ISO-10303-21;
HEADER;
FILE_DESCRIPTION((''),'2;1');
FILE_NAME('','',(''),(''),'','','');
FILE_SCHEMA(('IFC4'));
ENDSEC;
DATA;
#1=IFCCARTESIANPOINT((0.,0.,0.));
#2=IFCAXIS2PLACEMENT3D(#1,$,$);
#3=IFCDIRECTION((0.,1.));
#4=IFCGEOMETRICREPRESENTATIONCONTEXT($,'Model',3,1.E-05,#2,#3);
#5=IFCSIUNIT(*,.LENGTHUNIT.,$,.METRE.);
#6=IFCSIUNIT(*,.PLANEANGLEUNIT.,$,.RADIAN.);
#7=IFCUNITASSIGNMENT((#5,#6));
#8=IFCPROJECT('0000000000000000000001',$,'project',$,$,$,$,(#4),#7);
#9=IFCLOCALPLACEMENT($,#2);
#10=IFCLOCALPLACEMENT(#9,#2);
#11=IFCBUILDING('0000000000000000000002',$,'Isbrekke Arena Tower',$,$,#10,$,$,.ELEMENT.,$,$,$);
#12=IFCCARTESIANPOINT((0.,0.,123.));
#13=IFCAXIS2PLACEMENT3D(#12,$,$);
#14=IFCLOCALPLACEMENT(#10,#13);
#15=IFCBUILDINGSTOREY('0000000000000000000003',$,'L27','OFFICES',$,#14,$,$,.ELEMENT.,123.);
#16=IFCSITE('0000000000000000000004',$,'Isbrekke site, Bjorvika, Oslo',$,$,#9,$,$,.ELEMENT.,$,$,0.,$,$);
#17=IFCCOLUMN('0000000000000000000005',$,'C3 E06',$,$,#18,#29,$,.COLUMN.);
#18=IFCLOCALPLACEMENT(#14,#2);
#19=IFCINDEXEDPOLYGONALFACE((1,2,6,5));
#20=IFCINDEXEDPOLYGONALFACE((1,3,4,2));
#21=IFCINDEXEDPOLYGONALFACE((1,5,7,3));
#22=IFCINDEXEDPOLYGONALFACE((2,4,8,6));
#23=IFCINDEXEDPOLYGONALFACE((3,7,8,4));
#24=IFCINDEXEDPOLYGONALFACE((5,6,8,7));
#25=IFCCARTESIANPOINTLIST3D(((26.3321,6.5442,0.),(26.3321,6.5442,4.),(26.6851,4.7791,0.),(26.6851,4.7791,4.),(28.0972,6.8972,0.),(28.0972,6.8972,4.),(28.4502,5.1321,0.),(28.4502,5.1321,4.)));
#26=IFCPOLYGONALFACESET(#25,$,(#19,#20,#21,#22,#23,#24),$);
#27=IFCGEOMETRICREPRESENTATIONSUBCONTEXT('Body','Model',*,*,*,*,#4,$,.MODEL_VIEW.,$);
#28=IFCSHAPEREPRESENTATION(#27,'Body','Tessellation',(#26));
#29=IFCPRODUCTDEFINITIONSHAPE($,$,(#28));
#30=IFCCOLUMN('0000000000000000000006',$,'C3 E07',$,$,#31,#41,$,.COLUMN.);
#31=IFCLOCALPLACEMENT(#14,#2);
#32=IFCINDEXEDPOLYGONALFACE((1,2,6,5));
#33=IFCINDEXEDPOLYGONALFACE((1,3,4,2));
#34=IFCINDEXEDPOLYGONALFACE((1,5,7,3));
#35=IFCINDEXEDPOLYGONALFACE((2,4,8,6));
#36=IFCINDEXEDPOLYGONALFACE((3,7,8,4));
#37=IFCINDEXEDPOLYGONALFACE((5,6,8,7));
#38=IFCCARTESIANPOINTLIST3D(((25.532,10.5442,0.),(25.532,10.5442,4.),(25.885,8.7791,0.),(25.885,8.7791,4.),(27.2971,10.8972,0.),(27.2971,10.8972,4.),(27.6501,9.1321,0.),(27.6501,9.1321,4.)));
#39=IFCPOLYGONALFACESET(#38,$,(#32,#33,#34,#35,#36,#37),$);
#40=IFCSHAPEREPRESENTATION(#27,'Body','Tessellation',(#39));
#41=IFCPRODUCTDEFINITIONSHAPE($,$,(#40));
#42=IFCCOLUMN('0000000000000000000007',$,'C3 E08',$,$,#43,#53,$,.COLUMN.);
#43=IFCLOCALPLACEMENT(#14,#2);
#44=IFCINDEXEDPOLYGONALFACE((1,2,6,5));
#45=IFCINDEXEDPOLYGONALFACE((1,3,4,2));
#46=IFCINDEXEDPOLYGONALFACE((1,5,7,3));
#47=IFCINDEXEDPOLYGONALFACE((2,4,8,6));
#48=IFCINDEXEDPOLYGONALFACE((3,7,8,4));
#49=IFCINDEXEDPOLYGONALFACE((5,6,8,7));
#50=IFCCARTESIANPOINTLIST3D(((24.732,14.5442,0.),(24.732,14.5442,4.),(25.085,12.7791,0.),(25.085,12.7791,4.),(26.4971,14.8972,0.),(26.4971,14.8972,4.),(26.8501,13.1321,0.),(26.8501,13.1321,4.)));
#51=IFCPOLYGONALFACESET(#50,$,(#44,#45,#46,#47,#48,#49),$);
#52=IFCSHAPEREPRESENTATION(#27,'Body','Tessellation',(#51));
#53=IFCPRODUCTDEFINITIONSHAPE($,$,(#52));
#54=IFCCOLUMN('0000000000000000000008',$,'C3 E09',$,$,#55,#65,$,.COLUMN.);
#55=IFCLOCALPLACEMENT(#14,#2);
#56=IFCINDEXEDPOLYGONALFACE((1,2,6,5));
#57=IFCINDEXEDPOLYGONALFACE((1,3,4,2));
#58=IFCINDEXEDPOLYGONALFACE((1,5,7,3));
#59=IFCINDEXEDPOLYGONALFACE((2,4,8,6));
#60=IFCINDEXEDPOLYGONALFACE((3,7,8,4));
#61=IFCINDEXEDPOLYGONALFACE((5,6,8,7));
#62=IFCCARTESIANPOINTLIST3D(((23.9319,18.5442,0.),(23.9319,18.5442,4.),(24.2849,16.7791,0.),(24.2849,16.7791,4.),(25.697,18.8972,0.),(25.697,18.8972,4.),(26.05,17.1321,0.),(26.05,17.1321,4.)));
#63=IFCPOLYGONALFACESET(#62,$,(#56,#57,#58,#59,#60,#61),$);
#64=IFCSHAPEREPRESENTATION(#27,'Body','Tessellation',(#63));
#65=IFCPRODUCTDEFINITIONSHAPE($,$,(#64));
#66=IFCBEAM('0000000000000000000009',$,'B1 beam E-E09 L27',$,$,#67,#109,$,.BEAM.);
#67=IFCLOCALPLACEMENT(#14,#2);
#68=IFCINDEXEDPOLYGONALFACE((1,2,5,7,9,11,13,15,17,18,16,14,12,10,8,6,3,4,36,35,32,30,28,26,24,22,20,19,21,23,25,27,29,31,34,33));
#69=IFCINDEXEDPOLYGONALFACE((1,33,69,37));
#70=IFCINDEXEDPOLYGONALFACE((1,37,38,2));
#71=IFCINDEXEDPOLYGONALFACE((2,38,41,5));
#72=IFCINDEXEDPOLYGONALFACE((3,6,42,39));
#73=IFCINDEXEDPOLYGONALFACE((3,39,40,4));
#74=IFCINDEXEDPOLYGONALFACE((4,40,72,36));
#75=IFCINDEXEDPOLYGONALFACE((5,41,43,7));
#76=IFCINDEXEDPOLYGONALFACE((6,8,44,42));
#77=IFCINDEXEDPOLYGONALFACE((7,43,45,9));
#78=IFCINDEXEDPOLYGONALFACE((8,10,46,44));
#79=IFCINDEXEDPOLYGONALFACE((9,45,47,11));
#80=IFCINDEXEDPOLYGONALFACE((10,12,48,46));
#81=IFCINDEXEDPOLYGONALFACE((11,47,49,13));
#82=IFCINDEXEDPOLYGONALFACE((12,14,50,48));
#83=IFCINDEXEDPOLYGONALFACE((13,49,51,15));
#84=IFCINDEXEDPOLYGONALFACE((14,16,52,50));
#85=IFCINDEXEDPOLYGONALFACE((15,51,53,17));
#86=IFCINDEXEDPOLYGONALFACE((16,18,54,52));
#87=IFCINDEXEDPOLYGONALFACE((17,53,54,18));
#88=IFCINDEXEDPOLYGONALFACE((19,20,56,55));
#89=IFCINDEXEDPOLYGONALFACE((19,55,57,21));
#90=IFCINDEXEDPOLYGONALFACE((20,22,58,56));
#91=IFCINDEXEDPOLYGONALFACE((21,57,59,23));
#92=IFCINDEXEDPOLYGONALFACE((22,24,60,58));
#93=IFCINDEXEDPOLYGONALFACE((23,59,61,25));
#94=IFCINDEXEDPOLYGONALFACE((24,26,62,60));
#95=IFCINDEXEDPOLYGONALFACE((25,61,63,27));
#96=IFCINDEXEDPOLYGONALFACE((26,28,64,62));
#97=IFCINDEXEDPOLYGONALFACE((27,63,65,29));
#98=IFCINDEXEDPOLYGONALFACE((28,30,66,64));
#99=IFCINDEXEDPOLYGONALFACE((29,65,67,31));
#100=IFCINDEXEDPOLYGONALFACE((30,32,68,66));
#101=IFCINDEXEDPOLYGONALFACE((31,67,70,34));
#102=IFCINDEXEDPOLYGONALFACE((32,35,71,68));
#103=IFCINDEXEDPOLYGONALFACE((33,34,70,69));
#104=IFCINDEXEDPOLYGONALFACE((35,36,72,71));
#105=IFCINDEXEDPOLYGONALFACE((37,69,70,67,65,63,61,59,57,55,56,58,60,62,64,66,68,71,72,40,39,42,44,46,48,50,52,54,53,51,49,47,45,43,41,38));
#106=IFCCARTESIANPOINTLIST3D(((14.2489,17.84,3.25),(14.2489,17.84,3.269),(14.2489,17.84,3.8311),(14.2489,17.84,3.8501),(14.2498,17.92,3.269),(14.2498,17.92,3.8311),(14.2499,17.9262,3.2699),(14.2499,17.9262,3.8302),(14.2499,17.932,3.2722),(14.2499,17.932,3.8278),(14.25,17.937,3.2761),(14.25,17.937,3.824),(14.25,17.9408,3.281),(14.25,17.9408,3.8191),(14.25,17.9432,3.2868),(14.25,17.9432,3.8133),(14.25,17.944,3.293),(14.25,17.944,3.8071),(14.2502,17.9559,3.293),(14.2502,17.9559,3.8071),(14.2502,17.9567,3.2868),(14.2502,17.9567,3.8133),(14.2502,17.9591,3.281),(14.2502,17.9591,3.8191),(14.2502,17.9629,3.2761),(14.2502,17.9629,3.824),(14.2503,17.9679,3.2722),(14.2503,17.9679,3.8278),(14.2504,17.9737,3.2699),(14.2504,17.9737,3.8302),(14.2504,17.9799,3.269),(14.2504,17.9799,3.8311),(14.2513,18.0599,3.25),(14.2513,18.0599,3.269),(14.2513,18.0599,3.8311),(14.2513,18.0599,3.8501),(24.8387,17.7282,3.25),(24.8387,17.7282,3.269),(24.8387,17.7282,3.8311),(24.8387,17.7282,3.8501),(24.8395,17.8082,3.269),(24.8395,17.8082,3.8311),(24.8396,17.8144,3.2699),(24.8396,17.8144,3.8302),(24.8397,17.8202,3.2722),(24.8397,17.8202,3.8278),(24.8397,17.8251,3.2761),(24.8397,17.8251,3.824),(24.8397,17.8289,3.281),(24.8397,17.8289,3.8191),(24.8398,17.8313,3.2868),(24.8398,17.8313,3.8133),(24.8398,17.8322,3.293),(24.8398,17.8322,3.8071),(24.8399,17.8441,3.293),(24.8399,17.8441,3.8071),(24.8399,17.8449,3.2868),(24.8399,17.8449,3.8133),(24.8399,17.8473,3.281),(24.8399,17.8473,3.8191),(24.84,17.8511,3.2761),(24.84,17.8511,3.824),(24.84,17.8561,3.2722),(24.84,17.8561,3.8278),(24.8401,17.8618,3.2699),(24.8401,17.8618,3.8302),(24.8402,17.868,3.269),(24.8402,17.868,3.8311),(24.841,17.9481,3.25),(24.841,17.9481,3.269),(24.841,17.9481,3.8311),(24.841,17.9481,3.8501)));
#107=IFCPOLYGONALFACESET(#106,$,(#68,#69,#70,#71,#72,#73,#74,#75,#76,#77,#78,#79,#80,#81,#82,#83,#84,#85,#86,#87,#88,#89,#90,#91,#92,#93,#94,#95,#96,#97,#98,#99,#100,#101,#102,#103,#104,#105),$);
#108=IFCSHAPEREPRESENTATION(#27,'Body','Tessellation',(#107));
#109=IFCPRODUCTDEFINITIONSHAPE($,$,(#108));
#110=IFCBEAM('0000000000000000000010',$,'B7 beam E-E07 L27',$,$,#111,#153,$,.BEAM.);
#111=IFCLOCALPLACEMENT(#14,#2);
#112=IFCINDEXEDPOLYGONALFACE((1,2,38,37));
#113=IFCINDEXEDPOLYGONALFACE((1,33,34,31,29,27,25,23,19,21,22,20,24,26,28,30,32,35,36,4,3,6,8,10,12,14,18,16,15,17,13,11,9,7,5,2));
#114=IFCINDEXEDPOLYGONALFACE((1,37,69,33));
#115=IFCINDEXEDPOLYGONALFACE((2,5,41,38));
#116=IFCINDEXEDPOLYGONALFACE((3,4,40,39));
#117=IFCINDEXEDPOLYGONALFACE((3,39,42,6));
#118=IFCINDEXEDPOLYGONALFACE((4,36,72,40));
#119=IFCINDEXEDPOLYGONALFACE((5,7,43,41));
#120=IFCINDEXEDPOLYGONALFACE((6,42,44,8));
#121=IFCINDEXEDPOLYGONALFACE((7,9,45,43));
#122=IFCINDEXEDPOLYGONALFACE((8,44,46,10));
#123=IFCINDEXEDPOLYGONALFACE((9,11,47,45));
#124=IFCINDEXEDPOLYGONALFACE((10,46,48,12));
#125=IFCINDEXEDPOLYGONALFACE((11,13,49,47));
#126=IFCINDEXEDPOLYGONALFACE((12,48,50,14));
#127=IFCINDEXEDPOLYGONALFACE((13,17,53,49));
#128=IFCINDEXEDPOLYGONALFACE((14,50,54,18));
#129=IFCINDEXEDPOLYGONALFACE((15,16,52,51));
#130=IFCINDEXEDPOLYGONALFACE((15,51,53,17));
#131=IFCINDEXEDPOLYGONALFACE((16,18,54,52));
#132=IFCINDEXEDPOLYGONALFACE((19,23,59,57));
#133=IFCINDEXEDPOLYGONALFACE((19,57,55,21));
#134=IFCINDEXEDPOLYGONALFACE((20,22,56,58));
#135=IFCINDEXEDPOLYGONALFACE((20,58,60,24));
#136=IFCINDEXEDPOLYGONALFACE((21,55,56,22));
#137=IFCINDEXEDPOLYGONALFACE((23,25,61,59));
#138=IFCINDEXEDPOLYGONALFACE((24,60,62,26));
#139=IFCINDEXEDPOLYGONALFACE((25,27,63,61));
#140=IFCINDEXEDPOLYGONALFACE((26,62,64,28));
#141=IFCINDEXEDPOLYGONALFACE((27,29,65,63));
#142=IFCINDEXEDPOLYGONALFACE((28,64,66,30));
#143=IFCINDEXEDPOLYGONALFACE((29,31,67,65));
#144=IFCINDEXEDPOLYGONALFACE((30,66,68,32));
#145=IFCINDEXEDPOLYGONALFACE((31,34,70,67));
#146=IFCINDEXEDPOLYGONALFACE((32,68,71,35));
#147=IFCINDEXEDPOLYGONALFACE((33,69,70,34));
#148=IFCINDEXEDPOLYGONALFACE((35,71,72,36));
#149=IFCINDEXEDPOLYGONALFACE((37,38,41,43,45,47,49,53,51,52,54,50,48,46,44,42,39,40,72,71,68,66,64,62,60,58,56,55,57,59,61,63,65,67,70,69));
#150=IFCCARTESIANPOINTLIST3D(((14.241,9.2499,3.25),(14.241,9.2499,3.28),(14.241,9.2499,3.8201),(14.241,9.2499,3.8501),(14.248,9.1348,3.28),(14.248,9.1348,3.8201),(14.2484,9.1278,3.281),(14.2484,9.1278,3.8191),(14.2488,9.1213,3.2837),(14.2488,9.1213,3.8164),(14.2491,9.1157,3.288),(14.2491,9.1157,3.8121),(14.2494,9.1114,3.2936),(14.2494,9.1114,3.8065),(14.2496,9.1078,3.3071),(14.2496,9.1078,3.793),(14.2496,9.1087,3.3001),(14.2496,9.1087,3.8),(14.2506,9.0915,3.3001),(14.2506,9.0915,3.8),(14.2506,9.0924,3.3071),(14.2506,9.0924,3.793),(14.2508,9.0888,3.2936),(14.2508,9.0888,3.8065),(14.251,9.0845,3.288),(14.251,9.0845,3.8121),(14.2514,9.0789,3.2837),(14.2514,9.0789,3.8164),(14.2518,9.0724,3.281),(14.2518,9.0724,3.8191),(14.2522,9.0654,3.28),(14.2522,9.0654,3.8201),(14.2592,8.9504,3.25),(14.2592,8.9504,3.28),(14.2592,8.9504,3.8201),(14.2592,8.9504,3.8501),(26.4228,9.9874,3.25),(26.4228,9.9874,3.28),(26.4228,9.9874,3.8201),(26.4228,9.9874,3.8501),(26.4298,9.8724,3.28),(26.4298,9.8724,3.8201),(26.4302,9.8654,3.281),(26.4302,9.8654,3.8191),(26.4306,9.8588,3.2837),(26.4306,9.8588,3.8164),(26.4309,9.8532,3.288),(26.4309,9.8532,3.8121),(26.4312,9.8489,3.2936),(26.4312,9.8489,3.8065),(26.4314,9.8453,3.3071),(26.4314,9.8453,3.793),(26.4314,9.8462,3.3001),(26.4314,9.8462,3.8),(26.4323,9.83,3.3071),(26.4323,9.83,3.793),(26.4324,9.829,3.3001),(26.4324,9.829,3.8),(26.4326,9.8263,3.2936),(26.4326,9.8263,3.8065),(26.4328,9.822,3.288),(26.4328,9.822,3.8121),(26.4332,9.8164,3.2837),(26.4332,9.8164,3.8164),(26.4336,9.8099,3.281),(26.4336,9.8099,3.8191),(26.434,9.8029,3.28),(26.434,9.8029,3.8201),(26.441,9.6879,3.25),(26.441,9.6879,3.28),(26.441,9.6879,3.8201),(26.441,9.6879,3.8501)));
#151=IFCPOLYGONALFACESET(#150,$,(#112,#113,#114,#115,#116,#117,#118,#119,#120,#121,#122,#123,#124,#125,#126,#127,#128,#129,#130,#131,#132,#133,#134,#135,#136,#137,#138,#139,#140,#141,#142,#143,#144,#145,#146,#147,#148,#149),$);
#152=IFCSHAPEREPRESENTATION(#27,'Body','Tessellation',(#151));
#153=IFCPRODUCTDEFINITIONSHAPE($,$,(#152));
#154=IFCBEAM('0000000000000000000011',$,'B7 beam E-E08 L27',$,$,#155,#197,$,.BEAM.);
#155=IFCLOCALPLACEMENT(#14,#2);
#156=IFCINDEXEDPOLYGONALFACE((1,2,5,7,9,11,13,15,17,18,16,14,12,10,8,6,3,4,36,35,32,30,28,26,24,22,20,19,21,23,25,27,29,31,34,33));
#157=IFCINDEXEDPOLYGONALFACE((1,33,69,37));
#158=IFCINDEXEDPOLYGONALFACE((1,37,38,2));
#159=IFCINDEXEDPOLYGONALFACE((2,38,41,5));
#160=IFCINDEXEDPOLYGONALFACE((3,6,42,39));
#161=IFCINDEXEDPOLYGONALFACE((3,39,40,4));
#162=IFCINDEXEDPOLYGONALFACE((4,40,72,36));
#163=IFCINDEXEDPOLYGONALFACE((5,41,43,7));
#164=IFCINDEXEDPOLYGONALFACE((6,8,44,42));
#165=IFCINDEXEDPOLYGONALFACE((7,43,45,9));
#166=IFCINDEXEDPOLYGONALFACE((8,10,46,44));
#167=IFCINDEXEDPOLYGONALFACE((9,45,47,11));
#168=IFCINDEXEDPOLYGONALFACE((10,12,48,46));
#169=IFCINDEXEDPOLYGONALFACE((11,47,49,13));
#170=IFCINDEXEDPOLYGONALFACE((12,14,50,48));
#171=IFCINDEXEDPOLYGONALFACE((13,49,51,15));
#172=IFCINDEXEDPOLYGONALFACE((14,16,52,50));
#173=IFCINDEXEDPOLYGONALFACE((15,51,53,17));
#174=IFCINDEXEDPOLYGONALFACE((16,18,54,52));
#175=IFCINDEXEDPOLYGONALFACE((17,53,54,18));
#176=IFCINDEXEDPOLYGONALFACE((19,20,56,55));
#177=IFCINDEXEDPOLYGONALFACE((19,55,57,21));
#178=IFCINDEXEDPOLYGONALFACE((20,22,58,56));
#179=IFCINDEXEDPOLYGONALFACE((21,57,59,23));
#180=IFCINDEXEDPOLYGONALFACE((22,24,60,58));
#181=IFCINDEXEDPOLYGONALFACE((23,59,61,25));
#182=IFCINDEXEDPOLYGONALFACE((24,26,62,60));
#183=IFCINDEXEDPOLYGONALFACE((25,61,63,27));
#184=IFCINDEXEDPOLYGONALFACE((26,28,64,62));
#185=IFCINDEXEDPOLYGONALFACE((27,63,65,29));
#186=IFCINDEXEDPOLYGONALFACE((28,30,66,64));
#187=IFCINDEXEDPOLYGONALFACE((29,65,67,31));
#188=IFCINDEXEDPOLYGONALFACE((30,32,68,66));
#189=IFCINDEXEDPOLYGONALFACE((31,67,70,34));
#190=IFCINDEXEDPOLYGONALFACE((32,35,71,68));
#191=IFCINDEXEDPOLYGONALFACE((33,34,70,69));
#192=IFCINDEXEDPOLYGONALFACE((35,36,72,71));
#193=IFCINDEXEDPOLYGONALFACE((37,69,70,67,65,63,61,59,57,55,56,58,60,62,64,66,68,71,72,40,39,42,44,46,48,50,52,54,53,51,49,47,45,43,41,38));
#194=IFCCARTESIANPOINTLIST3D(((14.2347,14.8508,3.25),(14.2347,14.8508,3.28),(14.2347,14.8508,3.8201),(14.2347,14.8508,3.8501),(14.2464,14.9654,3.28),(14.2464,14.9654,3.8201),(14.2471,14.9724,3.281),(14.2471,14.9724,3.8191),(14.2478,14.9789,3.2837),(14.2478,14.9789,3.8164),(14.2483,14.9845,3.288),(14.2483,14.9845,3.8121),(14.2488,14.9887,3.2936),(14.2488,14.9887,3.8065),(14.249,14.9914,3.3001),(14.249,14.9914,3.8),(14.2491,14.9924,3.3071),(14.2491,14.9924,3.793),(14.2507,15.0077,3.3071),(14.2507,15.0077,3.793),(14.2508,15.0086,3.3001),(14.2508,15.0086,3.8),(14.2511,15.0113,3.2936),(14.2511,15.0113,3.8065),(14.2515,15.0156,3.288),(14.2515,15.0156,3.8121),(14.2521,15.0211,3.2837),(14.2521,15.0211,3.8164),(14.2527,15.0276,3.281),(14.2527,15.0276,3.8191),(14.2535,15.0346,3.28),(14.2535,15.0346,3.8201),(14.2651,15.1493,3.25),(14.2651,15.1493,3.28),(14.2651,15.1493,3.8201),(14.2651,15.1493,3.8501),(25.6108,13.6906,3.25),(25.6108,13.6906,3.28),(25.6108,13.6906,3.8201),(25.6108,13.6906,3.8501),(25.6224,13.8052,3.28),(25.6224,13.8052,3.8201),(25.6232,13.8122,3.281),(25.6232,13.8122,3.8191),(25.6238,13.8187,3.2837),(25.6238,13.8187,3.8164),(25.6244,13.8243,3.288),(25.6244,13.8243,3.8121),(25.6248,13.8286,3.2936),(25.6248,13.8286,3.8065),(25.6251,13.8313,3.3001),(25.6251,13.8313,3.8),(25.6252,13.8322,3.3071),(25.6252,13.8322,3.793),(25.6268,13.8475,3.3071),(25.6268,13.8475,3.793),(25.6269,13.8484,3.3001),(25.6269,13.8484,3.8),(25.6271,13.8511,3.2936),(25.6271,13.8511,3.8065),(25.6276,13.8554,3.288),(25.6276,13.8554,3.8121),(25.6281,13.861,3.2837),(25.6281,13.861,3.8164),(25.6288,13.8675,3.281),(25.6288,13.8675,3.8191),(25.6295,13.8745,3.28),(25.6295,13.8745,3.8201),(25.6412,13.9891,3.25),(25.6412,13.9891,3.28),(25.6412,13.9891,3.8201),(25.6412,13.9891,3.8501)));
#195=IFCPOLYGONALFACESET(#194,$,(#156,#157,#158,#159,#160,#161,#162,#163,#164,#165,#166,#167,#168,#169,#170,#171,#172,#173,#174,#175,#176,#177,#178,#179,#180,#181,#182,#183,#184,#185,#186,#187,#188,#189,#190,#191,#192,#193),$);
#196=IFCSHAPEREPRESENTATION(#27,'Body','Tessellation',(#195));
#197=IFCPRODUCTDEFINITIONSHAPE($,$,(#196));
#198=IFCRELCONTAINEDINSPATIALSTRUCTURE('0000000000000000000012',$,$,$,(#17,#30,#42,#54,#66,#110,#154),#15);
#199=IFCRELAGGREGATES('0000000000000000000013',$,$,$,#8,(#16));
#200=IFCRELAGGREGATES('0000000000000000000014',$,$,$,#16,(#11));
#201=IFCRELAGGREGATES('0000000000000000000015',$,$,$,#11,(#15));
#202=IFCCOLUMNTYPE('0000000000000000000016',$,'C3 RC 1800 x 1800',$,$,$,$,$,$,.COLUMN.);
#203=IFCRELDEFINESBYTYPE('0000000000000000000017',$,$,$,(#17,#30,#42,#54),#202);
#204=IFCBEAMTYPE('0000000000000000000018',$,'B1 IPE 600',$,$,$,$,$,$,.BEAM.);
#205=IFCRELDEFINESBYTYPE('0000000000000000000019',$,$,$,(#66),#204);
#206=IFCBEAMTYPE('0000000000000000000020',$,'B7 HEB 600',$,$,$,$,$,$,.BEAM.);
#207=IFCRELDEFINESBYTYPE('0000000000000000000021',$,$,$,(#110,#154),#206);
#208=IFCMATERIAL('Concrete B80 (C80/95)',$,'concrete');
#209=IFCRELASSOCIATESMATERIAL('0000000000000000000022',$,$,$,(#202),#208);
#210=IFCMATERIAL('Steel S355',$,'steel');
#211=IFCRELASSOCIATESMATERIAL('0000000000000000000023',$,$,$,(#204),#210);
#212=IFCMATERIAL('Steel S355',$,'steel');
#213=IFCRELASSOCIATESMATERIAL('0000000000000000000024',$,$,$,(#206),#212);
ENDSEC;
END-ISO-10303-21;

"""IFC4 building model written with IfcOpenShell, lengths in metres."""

from ifc_helpers import new_model, si_unit, direction, frame, origin, origin_2d, place, context, subcontext, project, spatial, rectangle, i_section, extrude, material, material_profile, profile_set, type_object, element, save


model = new_model("IFC4")

# Units and contexts
model_context = context("Model", 3, precision=1e-05, world=origin(), true_north=direction((0.0, 1.0)))
body_context = subcontext(model_context, "Body", "Model", "MODEL_VIEW")
ifc_project = project(units=[si_unit("LENGTHUNIT", "METRE"), si_unit("PLANEANGLEUNIT", "RADIAN")], contexts=[model_context])

# Site, building, storey
site_placement = place(None, origin())
site = spatial("IfcSite", under=ifc_project, at=site_placement, Name="Isbrekke site, Bjorvika, Oslo", CompositionType="ELEMENT", RefElevation=0.0)
building_placement = place(site_placement, origin())
building = spatial("IfcBuilding", under=site, at=building_placement, Name="Isbrekke Arena Tower", CompositionType="ELEMENT")
storey_placement = place(building_placement, frame((0.0, 0.0, 123.0)))
storey = spatial("IfcBuildingStorey", under=building, at=storey_placement, Name="L27", Description="OFFICES", CompositionType="ELEMENT", Elevation=123.0)

# Columns
ifc_material_1 = material(Name="Concrete B80 (C80/95)", Category="concrete")
ifc_material_profile_1 = material_profile(ifc_material_1, rectangle(XDim=1.8, YDim=1.8, at=origin_2d()), Name="RC 1800x1800")
ifc_profile_set_1 = profile_set([ifc_material_profile_1], Name="Concrete B80 (C80/95)")
column_type = type_object("IfcColumnType", Name="C3 RC 1800 x 1800", PredefinedType="COLUMN", material=ifc_profile_set_1)
for number, where, z_axis, x_axis, name in (
    (1, (27.3911, 5.8381, 0.0), (0.0, 0.0, 1.0), (-0.196116, 0.980581, 0.0), "C3 E06"),
    (2, (26.5911, 9.8381, 0.0), (0.0, 0.0, 1.0), (-0.196116, 0.980581, 0.0), "C3 E07"),
    (3, (25.791, 13.8381, 0.0), (0.0, 0.0, 1.0), (-0.196116, 0.980581, 0.0), "C3 E08"),
    (4, (24.991, 17.8381, 0.0), (0.0, 0.0, 1.0), (-0.196116, 0.980581, 0.0), "C3 E09"),
):
    element("IfcColumn", number, at=place(storey_placement, frame(where, z_axis=z_axis, x_axis=x_axis)), inside=storey, type_object=column_type, Name=name, PredefinedType="COLUMN", context=body_context, shape_type="SweptSolid", body=[
        extrude(rectangle(XDim=1.8, YDim=1.8, at=origin_2d()), origin(), (0.0, 0.0, 1.0), 4.0),
    ])

# Beams
ifc_material_2 = material(Name="Steel S355", Category="steel")
ifc_material_profile_2 = material_profile(ifc_material_2, i_section(OverallWidth=0.22, OverallDepth=0.6001, WebThickness=0.012, FlangeThickness=0.019, FilletRadius=0.0239, at=origin_2d()), Name="IPE 600")
ifc_profile_set_2 = profile_set([ifc_material_profile_2], Name="Steel S355")
beam_type_1 = type_object("IfcBeamType", Name="B1 IPE 600", PredefinedType="BEAM", material=ifc_profile_set_2)
beam_1_placement = place(storey_placement, frame((24.8398, 17.8381, 3.55), z_axis=(-0.999944, 0.010558, 0.0), x_axis=(-0.010558, -0.999944, 0.0)))
element("IfcBeam", 5, at=beam_1_placement, inside=storey, type_object=beam_type_1, Name="B1 beam E-E09 L27", PredefinedType="BEAM", context=body_context, shape_type="SweptSolid", body=[
    extrude(i_section(OverallWidth=0.22, OverallDepth=0.6001, WebThickness=0.012, FlangeThickness=0.019, FilletRadius=0.0239, at=origin_2d()), origin(), (0.0, 0.0, 1.0), 10.5903),
])
ifc_material_3 = material(Name="Steel S355", Category="steel")
ifc_material_profile_3 = material_profile(ifc_material_3, i_section(OverallWidth=0.3, OverallDepth=0.6001, WebThickness=0.0154, FlangeThickness=0.03, FilletRadius=0.0271, at=origin_2d()), Name="HEB 600")
ifc_profile_set_3 = profile_set([ifc_material_profile_3], Name="Steel S355")
beam_type_2 = type_object("IfcBeamType", Name="B7 HEB 600", PredefinedType="BEAM", material=ifc_profile_set_3)
beam_2_placement = place(storey_placement, frame((26.4319, 9.8376, 3.55), z_axis=(-0.998172, -0.060434, 0.0), x_axis=(0.060434, -0.998172, 0.0)))
element("IfcBeam", 6, at=beam_2_placement, inside=storey, type_object=beam_type_2, Name="B7 beam E-E07 L27", PredefinedType="BEAM", context=body_context, shape_type="SweptSolid", body=[
    extrude(i_section(OverallWidth=0.3, OverallDepth=0.6001, WebThickness=0.0154, FlangeThickness=0.03, FilletRadius=0.0271, at=origin_2d()), origin(), (0.0, 0.0, 1.0), 12.2041),
])
beam_3_placement = place(storey_placement, frame((25.626, 13.8398, 3.55), z_axis=(-0.99484, 0.101457, 0.0), x_axis=(-0.101457, -0.99484, 0.0)))
element("IfcBeam", 7, at=beam_3_placement, inside=storey, type_object=beam_type_2, Name="B7 beam E-E08 L27", PredefinedType="BEAM", context=body_context, shape_type="SweptSolid", body=[
    extrude(i_section(OverallWidth=0.3, OverallDepth=0.6001, WebThickness=0.0154, FlangeThickness=0.03, FilletRadius=0.0271, at=origin_2d()), origin(), (0.0, 0.0, 1.0), 11.4351),
])

save(model, "model.ifc")
